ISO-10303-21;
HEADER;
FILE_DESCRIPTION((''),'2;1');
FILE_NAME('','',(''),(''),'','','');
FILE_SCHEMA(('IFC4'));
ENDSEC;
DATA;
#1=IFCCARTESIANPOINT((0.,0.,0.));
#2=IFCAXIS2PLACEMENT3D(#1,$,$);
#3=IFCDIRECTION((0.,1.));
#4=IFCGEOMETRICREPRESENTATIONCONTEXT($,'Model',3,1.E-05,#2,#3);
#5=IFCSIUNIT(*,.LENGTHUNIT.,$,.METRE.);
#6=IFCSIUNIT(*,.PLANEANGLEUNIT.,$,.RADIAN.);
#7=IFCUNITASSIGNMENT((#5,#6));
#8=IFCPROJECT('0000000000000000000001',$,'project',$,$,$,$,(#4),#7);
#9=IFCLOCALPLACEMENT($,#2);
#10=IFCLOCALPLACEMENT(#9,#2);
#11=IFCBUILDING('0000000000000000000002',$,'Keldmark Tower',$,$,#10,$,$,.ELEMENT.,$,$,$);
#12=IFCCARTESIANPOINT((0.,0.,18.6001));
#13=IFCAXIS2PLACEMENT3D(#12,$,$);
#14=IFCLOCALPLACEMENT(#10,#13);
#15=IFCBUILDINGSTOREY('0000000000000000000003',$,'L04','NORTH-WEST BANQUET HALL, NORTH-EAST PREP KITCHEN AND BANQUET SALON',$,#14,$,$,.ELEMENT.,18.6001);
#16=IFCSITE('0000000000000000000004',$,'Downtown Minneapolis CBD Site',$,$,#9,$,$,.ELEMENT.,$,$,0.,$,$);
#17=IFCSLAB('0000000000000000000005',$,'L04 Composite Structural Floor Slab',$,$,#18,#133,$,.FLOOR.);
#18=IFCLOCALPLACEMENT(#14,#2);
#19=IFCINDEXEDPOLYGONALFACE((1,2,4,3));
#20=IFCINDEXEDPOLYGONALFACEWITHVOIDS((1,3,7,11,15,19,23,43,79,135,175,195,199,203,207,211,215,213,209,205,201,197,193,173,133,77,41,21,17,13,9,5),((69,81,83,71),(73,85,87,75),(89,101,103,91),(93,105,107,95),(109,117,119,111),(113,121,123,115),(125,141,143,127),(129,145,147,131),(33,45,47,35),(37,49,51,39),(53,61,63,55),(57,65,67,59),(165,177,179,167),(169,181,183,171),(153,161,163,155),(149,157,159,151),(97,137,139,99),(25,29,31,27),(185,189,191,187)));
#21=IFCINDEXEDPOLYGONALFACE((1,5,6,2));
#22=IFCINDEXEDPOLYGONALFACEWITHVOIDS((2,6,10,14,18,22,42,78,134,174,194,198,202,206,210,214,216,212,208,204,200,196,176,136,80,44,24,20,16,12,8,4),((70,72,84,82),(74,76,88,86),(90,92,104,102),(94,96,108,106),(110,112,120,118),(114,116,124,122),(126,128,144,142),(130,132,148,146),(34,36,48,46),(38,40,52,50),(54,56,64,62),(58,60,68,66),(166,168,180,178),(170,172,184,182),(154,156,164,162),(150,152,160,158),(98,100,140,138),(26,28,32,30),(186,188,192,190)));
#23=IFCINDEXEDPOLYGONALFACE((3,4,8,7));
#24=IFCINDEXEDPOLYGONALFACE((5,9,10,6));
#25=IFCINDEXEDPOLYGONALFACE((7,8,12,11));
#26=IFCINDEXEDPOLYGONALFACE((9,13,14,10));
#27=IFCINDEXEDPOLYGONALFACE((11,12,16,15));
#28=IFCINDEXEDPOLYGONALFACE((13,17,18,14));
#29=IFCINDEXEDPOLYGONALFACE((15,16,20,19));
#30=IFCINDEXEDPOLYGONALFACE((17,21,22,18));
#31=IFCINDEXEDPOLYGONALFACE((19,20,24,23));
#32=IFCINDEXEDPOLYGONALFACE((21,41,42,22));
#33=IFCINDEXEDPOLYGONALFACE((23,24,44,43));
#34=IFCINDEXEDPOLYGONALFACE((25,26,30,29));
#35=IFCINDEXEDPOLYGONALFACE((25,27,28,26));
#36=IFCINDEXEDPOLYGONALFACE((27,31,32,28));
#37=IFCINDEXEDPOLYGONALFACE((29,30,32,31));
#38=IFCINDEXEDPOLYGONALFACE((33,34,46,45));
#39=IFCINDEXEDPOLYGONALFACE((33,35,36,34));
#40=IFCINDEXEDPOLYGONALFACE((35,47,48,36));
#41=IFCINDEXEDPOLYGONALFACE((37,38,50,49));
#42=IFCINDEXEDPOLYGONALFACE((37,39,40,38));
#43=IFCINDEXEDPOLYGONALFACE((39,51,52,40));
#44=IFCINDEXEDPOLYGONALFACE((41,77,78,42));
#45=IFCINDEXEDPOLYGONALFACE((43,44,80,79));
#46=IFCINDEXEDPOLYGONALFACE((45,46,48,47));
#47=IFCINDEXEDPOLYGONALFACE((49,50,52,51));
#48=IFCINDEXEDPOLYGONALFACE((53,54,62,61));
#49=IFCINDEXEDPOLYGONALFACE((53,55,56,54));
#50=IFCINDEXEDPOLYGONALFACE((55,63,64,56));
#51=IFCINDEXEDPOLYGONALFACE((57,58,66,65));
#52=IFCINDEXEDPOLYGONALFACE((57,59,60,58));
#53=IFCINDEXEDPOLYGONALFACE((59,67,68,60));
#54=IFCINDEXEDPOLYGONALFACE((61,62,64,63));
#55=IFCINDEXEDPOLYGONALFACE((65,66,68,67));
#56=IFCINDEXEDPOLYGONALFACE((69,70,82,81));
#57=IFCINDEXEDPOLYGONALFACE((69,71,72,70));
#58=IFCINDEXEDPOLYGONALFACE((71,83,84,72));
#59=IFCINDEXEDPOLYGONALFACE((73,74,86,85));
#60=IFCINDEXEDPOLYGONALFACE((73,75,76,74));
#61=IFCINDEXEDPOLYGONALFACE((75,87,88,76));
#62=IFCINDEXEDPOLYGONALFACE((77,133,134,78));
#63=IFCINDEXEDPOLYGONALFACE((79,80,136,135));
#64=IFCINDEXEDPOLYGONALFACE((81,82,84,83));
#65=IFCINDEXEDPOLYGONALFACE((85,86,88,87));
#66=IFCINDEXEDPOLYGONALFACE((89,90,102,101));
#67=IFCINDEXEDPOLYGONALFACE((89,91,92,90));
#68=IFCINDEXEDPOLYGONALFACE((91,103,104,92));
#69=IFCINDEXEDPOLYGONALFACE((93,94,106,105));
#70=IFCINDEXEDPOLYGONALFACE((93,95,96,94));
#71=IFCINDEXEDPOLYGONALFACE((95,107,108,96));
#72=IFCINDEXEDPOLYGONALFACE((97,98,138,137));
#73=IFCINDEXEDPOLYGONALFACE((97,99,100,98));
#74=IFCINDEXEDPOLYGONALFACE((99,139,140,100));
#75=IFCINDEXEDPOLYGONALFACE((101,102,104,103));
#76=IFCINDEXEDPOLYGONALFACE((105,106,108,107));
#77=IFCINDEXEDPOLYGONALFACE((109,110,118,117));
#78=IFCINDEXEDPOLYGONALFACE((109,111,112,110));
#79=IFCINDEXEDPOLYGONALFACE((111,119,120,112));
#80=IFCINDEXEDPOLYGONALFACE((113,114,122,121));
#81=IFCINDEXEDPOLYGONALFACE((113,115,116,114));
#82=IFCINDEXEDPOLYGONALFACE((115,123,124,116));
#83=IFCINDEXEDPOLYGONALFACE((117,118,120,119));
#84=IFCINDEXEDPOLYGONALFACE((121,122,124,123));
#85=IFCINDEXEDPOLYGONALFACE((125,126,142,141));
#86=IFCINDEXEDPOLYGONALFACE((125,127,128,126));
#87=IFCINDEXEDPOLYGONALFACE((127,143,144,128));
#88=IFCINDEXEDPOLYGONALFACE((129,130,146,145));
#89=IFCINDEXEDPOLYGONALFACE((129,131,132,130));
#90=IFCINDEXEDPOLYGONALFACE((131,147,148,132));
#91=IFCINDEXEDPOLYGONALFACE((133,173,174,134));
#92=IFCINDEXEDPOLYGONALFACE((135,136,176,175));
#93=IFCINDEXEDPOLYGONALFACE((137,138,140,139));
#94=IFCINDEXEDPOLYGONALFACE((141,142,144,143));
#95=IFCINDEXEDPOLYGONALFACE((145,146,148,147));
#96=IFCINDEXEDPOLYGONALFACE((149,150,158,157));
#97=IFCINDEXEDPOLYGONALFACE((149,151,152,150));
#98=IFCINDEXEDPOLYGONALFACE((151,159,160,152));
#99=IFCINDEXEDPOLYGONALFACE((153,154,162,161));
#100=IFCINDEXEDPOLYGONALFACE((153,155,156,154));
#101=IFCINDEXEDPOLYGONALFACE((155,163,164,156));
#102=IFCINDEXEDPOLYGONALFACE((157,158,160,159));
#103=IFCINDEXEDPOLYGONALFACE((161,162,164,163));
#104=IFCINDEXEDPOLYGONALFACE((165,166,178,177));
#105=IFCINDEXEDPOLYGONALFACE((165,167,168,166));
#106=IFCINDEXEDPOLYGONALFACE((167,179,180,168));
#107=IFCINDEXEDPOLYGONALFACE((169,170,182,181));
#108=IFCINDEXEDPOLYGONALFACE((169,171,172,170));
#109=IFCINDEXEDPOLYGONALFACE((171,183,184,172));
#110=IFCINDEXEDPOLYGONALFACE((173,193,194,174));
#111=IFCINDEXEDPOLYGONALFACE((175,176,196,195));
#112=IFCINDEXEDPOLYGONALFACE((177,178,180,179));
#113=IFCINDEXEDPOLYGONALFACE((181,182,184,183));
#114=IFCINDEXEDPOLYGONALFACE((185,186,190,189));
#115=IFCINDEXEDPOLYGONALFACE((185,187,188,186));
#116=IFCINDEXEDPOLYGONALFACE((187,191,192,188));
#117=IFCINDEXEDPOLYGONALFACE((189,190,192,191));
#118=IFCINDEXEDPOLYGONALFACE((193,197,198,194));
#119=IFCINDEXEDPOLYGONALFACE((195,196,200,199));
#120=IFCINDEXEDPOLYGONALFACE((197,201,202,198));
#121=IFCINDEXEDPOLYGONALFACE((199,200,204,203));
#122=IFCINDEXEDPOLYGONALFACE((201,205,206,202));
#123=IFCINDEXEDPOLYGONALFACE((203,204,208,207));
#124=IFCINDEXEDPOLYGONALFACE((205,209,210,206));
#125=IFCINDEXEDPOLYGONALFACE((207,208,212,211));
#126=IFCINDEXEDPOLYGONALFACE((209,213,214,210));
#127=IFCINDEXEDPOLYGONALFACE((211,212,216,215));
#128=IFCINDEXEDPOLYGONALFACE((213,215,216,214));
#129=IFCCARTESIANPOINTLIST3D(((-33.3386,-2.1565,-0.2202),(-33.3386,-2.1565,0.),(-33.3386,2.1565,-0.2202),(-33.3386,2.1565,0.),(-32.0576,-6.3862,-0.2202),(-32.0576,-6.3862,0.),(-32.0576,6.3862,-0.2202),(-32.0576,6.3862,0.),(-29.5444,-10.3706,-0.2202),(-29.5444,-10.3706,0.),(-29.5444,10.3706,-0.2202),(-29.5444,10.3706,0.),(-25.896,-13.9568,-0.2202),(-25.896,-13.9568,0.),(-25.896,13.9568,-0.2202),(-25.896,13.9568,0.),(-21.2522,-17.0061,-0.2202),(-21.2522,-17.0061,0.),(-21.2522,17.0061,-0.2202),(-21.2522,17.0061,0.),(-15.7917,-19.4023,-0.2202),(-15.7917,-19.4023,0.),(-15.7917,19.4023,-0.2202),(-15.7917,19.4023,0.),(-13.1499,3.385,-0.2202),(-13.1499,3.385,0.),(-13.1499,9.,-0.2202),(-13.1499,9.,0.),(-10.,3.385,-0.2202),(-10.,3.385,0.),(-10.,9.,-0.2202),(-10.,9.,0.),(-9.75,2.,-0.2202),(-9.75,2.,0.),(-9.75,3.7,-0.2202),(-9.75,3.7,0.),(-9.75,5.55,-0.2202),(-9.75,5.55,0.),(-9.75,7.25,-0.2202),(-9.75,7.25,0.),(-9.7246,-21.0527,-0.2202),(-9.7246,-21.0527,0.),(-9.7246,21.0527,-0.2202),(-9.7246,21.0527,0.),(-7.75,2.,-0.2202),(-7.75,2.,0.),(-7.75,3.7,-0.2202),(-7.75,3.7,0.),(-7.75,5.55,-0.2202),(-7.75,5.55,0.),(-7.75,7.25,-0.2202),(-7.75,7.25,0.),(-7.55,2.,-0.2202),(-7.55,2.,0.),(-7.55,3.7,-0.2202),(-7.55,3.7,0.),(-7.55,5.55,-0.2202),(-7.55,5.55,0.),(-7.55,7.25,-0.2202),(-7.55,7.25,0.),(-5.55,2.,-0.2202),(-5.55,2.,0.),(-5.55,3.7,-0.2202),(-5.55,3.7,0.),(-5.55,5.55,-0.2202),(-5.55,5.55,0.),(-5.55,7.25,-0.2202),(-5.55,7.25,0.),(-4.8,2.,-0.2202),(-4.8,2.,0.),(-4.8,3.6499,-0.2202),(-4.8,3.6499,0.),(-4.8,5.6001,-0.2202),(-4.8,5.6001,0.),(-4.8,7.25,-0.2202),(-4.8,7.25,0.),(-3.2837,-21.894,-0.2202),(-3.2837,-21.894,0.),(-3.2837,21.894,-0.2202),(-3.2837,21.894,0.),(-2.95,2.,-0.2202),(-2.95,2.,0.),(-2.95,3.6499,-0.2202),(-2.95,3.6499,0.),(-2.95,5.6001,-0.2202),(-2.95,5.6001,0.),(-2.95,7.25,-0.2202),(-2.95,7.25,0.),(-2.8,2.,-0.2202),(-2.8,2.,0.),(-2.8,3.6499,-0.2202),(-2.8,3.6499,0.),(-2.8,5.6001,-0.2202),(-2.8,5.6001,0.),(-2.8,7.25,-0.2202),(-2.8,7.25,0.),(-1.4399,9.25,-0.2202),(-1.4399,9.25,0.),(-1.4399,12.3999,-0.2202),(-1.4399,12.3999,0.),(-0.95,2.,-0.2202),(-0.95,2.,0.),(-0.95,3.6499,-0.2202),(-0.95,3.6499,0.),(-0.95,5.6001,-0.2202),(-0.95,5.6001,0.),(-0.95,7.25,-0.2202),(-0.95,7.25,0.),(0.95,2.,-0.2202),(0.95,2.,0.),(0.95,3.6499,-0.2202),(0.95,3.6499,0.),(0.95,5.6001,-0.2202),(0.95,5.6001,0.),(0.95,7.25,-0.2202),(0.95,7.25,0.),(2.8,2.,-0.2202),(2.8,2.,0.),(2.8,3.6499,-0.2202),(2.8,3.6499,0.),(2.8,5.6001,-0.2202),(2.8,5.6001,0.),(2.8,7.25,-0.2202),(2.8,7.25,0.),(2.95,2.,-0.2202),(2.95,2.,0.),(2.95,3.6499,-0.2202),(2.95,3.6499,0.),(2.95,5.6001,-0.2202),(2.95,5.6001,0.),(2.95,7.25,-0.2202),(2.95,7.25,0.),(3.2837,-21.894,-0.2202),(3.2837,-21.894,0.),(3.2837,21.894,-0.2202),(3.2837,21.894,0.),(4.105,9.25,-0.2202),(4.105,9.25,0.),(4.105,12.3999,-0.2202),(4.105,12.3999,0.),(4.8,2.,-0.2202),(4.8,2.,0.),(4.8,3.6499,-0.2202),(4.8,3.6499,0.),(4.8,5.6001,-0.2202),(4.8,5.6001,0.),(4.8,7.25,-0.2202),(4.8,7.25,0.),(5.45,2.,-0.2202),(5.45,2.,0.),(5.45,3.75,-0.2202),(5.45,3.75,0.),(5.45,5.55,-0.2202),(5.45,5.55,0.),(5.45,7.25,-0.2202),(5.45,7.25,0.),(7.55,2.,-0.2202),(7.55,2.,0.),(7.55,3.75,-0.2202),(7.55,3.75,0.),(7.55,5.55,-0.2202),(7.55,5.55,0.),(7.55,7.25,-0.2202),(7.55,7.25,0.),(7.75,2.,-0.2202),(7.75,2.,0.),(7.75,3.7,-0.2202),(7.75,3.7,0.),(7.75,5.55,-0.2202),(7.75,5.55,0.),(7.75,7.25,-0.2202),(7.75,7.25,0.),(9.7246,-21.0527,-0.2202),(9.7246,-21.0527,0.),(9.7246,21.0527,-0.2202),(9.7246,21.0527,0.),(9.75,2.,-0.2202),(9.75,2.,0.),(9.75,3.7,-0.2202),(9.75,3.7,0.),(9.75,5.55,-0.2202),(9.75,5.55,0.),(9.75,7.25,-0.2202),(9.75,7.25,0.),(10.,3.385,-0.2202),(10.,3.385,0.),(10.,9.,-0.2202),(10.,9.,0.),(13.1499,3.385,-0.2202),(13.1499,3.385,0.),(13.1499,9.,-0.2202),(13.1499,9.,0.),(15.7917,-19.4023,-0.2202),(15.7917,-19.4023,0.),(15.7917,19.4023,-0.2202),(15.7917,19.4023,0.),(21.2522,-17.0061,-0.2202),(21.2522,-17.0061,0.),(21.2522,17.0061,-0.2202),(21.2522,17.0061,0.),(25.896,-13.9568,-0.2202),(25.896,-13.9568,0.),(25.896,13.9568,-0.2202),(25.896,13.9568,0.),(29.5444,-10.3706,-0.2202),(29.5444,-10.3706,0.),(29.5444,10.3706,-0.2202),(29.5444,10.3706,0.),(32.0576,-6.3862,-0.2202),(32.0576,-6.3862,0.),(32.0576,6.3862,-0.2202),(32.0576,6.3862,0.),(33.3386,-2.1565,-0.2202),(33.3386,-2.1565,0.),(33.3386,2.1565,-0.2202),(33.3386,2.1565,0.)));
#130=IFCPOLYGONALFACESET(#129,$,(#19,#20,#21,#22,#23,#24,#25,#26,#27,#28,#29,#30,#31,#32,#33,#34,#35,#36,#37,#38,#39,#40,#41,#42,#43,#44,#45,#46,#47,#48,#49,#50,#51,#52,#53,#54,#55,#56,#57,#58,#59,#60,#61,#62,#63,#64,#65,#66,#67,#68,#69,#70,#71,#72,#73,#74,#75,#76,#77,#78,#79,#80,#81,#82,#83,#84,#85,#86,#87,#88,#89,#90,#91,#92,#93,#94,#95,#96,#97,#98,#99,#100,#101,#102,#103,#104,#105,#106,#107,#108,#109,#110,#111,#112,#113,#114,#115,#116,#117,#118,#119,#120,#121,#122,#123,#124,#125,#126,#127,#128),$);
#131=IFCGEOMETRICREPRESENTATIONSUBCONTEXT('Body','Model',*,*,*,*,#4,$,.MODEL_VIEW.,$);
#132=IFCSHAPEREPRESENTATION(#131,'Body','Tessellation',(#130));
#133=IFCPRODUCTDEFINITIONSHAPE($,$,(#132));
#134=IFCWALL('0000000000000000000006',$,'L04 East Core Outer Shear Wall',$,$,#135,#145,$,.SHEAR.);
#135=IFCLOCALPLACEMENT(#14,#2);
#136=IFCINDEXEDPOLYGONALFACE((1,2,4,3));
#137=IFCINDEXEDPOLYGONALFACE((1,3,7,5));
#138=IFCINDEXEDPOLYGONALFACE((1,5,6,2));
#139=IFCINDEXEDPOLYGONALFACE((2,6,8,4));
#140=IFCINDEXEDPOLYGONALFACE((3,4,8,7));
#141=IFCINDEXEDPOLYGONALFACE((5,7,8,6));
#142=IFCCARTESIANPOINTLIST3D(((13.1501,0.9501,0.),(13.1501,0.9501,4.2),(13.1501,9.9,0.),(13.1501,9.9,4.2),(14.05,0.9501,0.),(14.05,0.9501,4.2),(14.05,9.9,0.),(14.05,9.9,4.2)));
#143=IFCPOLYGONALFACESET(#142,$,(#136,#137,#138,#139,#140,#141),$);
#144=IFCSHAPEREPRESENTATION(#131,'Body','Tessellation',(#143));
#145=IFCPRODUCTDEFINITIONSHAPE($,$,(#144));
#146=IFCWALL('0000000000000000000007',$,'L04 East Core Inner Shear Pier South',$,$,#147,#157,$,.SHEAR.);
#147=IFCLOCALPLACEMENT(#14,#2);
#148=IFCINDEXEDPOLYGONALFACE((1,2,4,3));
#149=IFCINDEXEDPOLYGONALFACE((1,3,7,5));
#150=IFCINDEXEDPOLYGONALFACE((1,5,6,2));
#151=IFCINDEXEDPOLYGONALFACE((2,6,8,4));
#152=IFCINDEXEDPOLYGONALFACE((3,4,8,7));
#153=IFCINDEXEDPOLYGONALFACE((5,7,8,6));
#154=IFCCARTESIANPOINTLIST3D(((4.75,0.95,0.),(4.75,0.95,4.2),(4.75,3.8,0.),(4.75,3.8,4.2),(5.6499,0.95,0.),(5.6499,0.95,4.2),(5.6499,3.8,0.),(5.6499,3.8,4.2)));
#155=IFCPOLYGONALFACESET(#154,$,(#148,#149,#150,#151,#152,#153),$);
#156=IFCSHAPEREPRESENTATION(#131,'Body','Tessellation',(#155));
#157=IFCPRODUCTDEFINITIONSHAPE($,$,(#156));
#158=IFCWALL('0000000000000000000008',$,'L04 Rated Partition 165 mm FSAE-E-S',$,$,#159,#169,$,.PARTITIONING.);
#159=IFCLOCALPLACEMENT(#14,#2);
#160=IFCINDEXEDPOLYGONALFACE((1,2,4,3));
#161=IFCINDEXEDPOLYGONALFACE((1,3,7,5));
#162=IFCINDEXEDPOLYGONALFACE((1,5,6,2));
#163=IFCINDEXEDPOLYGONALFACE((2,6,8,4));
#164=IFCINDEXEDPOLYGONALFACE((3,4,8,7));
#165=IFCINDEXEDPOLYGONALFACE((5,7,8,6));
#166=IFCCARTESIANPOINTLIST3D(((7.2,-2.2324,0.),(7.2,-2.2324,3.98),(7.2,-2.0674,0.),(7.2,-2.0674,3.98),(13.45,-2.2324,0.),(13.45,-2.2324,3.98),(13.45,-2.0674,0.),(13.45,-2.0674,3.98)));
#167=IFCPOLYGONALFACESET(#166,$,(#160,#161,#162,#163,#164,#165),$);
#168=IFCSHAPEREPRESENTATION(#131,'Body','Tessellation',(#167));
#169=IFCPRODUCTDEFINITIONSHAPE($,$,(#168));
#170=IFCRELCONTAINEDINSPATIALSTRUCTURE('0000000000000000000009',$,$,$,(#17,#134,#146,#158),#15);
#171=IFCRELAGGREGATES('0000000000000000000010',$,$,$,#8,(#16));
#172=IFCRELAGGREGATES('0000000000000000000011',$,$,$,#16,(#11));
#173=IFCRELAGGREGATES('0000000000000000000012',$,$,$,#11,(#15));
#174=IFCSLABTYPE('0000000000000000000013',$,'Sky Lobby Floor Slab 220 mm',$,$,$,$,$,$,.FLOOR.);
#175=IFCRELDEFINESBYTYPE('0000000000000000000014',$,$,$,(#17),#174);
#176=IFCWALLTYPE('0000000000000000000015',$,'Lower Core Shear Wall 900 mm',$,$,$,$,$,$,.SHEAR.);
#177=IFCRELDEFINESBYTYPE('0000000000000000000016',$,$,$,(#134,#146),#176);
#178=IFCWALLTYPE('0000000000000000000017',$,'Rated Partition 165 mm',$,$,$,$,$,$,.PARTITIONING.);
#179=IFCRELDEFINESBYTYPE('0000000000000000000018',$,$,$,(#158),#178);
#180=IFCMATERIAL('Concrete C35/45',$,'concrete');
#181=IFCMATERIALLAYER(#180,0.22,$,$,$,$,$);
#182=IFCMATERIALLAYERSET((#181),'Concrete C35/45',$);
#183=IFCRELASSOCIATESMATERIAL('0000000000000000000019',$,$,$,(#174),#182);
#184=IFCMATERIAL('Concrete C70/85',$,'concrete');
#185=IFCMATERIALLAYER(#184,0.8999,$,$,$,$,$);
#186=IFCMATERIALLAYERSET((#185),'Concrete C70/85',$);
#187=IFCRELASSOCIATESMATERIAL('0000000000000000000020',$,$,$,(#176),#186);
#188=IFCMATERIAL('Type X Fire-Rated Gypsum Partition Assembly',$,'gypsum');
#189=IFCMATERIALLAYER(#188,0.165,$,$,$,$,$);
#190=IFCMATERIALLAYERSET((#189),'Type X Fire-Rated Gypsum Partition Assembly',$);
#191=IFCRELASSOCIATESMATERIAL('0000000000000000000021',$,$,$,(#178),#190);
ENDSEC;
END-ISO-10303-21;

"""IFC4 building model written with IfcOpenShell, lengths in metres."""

from ifc_helpers import new_model, si_unit, direction, frame, frame_2d, origin, place, context, subcontext, project, spatial, polyline, rectangle, outline, extrude, material, layer, layer_set, type_object, element, save


model = new_model("IFC4")

# Units and contexts
model_context = context("Model", 3, precision=1e-05, world=origin(), true_north=direction((0.0, 1.0)))
body_context = subcontext(model_context, "Body", "Model", "MODEL_VIEW")
ifc_project = project(units=[si_unit("LENGTHUNIT", "METRE"), si_unit("PLANEANGLEUNIT", "RADIAN")], contexts=[model_context])

# Site, building, storey
site_placement = place(None, origin())
site = spatial("IfcSite", under=ifc_project, at=site_placement, Name="Downtown Minneapolis CBD Site", CompositionType="ELEMENT", RefElevation=0.0)
building_placement = place(site_placement, origin())
building = spatial("IfcBuilding", under=site, at=building_placement, Name="Keldmark Tower", CompositionType="ELEMENT")
storey_placement = place(building_placement, frame((0.0, 0.0, 18.6001)))
storey = spatial("IfcBuildingStorey", under=building, at=storey_placement, Name="L04", Description="NORTH-WEST BANQUET HALL, NORTH-EAST PREP KITCHEN AND BANQUET SALON", CompositionType="ELEMENT", Elevation=18.6001)

# Slab
ifc_material_1 = material(Name="Concrete C35/45", Category="concrete")
ifc_layer_1 = layer(ifc_material_1, 0.22)
ifc_layer_set_1 = layer_set([ifc_layer_1], Name="Concrete C35/45")
slab_type_1 = type_object("IfcSlabType", Name="Sky Lobby Floor Slab 220 mm", PredefinedType="FLOOR", material=ifc_layer_set_1)
slab_1_placement = place(storey_placement, frame((0.0, 0.0, -0.2202)))
element("IfcSlab", 1, at=slab_1_placement, inside=storey, type_object=slab_type_1, Name="L04 Composite Structural Floor Slab", PredefinedType="FLOOR", context=body_context, shape_type="SweptSolid", body=[
    extrude(outline(polyline([(33.3386, 2.1565), (32.0576, 6.3862), (29.5444, 10.3706), (25.896, 13.9568), (21.2522, 17.0061), (15.7917, 19.4023), (9.7246, 21.0527), (3.2837, 21.894), (-3.2837, 21.894), (-9.7246, 21.0527), (-15.7917, 19.4023), (-21.2522, 17.0061), (-25.896, 13.9568), (-29.5444, 10.3706), (-32.0576, 6.3862), (-33.3386, 2.1565), (-33.3386, -2.1565), (-32.0576, -6.3862), (-29.5444, -10.3706), (-25.896, -13.9568), (-21.2522, -17.0061), (-15.7917, -19.4023), (-9.7246, -21.0527), (-3.2837, -21.894), (3.2837, -21.894), (9.7246, -21.0527), (15.7917, -19.4023), (21.2522, -17.0061), (25.896, -13.9568), (29.5444, -10.3706), (32.0576, -6.3862), (33.3386, -2.1565), (33.3386, 2.1565)]), holes=[polyline([(-10.0, 3.385), (-10.0, 9.0), (-13.1499, 9.0), (-13.1499, 3.385), (-10.0, 3.385)]), polyline([(13.1499, 3.385), (13.1499, 9.0), (10.0, 9.0), (10.0, 3.385), (13.1499, 3.385)]), polyline([(-1.4399, 9.25), (4.105, 9.25), (4.105, 12.3999), (-1.4399, 12.3999), (-1.4399, 9.25)]), polyline([(-9.75, 2.0), (-7.75, 2.0), (-7.75, 3.7), (-9.75, 3.7), (-9.75, 2.0)]), polyline([(7.75, 2.0), (9.75, 2.0), (9.75, 3.7), (7.75, 3.7), (7.75, 2.0)]), polyline([(5.45, 2.0), (7.55, 2.0), (7.55, 3.75), (5.45, 3.75), (5.45, 2.0)]), polyline([(-4.8, 2.0), (-2.95, 2.0), (-2.95, 3.6499), (-4.8, 3.6499), (-4.8, 2.0)]), polyline([(-2.8, 2.0), (-0.95, 2.0), (-0.95, 3.6499), (-2.8, 3.6499), (-2.8, 2.0)]), polyline([(0.95, 2.0), (2.8, 2.0), (2.8, 3.6499), (0.95, 3.6499), (0.95, 2.0)]), polyline([(2.95, 2.0), (4.8, 2.0), (4.8, 3.6499), (2.95, 3.6499), (2.95, 2.0)]), polyline([(-4.8, 5.6001), (-2.95, 5.6001), (-2.95, 7.25), (-4.8, 7.25), (-4.8, 5.6001)]), polyline([(-2.8, 5.6001), (-0.95, 5.6001), (-0.95, 7.25), (-2.8, 7.25), (-2.8, 5.6001)]), polyline([(0.95, 5.6001), (2.8, 5.6001), (2.8, 7.25), (0.95, 7.25), (0.95, 5.6001)]), polyline([(2.95, 5.6001), (4.8, 5.6001), (4.8, 7.25), (2.95, 7.25), (2.95, 5.6001)]), polyline([(-9.75, 5.55), (-7.75, 5.55), (-7.75, 7.25), (-9.75, 7.25), (-9.75, 5.55)]), polyline([(-7.55, 5.55), (-5.55, 5.55), (-5.55, 7.25), (-7.55, 7.25), (-7.55, 5.55)]), polyline([(-7.55, 2.0), (-5.55, 2.0), (-5.55, 3.7), (-7.55, 3.7), (-7.55, 2.0)]), polyline([(5.45, 5.55), (7.55, 5.55), (7.55, 7.25), (5.45, 7.25), (5.45, 5.55)]), polyline([(7.75, 5.55), (9.75, 5.55), (9.75, 7.25), (7.75, 7.25), (7.75, 5.55)])]), origin(), (0.0, 0.0, 1.0), 0.2202),
])

# Wall
ifc_material_2 = material(Name="Concrete C70/85", Category="concrete")
ifc_layer_2 = layer(ifc_material_2, 0.8999)
ifc_layer_set_2 = layer_set([ifc_layer_2], Name="Concrete C70/85")
wall_type_1 = type_object("IfcWallType", Name="Lower Core Shear Wall 900 mm", PredefinedType="SHEAR", material=ifc_layer_set_2)
wall_1_placement = place(storey_placement, frame((13.6001, 0.95, 0.0), z_axis=(0.0, 0.0, 1.0), x_axis=(0.0, 1.0, 0.0)))
element("IfcWall", 2, at=wall_1_placement, inside=storey, type_object=wall_type_1, Name="L04 East Core Outer Shear Wall", PredefinedType="SHEAR", context=body_context, shape_type="SweptSolid", body=[
    extrude(rectangle(XDim=8.95, YDim=0.8999, at=frame_2d((4.4751, 0.0))), origin(), (0.0, 0.0, 1.0), 4.2),
])

# Walls
wall_2_placement = place(storey_placement, frame((5.2, 0.95, 0.0), z_axis=(0.0, 0.0, 1.0), x_axis=(0.0, 1.0, 0.0)))
element("IfcWall", 3, at=wall_2_placement, inside=storey, type_object=wall_type_1, Name="L04 East Core Inner Shear Pier South", PredefinedType="SHEAR", context=body_context, shape_type="SweptSolid", body=[
    extrude(rectangle(XDim=2.8501, YDim=0.8999, at=frame_2d((1.425, 0.0))), origin(), (0.0, 0.0, 1.0), 4.2),
])
ifc_material_3 = material(Name="Type X Fire-Rated Gypsum Partition Assembly", Category="gypsum")
ifc_layer_3 = layer(ifc_material_3, 0.165)
ifc_layer_set_3 = layer_set([ifc_layer_3], Name="Type X Fire-Rated Gypsum Partition Assembly")
wall_type_2 = type_object("IfcWallType", Name="Rated Partition 165 mm", PredefinedType="PARTITIONING", material=ifc_layer_set_3)
wall_3_placement = place(storey_placement, frame((7.2, -2.1499, 0.0), z_axis=(0.0, 0.0, 1.0), x_axis=(1.0, 0.0, 0.0)))
element("IfcWall", 4, at=wall_3_placement, inside=storey, type_object=wall_type_2, Name="L04 Rated Partition 165 mm FSAE-E-S", PredefinedType="PARTITIONING", context=body_context, shape_type="SweptSolid", body=[
    extrude(rectangle(XDim=6.25, YDim=0.165, at=frame_2d((3.125, 0.0))), origin(), (0.0, 0.0, 1.0), 3.98),
])

save(model, "model.ifc")
